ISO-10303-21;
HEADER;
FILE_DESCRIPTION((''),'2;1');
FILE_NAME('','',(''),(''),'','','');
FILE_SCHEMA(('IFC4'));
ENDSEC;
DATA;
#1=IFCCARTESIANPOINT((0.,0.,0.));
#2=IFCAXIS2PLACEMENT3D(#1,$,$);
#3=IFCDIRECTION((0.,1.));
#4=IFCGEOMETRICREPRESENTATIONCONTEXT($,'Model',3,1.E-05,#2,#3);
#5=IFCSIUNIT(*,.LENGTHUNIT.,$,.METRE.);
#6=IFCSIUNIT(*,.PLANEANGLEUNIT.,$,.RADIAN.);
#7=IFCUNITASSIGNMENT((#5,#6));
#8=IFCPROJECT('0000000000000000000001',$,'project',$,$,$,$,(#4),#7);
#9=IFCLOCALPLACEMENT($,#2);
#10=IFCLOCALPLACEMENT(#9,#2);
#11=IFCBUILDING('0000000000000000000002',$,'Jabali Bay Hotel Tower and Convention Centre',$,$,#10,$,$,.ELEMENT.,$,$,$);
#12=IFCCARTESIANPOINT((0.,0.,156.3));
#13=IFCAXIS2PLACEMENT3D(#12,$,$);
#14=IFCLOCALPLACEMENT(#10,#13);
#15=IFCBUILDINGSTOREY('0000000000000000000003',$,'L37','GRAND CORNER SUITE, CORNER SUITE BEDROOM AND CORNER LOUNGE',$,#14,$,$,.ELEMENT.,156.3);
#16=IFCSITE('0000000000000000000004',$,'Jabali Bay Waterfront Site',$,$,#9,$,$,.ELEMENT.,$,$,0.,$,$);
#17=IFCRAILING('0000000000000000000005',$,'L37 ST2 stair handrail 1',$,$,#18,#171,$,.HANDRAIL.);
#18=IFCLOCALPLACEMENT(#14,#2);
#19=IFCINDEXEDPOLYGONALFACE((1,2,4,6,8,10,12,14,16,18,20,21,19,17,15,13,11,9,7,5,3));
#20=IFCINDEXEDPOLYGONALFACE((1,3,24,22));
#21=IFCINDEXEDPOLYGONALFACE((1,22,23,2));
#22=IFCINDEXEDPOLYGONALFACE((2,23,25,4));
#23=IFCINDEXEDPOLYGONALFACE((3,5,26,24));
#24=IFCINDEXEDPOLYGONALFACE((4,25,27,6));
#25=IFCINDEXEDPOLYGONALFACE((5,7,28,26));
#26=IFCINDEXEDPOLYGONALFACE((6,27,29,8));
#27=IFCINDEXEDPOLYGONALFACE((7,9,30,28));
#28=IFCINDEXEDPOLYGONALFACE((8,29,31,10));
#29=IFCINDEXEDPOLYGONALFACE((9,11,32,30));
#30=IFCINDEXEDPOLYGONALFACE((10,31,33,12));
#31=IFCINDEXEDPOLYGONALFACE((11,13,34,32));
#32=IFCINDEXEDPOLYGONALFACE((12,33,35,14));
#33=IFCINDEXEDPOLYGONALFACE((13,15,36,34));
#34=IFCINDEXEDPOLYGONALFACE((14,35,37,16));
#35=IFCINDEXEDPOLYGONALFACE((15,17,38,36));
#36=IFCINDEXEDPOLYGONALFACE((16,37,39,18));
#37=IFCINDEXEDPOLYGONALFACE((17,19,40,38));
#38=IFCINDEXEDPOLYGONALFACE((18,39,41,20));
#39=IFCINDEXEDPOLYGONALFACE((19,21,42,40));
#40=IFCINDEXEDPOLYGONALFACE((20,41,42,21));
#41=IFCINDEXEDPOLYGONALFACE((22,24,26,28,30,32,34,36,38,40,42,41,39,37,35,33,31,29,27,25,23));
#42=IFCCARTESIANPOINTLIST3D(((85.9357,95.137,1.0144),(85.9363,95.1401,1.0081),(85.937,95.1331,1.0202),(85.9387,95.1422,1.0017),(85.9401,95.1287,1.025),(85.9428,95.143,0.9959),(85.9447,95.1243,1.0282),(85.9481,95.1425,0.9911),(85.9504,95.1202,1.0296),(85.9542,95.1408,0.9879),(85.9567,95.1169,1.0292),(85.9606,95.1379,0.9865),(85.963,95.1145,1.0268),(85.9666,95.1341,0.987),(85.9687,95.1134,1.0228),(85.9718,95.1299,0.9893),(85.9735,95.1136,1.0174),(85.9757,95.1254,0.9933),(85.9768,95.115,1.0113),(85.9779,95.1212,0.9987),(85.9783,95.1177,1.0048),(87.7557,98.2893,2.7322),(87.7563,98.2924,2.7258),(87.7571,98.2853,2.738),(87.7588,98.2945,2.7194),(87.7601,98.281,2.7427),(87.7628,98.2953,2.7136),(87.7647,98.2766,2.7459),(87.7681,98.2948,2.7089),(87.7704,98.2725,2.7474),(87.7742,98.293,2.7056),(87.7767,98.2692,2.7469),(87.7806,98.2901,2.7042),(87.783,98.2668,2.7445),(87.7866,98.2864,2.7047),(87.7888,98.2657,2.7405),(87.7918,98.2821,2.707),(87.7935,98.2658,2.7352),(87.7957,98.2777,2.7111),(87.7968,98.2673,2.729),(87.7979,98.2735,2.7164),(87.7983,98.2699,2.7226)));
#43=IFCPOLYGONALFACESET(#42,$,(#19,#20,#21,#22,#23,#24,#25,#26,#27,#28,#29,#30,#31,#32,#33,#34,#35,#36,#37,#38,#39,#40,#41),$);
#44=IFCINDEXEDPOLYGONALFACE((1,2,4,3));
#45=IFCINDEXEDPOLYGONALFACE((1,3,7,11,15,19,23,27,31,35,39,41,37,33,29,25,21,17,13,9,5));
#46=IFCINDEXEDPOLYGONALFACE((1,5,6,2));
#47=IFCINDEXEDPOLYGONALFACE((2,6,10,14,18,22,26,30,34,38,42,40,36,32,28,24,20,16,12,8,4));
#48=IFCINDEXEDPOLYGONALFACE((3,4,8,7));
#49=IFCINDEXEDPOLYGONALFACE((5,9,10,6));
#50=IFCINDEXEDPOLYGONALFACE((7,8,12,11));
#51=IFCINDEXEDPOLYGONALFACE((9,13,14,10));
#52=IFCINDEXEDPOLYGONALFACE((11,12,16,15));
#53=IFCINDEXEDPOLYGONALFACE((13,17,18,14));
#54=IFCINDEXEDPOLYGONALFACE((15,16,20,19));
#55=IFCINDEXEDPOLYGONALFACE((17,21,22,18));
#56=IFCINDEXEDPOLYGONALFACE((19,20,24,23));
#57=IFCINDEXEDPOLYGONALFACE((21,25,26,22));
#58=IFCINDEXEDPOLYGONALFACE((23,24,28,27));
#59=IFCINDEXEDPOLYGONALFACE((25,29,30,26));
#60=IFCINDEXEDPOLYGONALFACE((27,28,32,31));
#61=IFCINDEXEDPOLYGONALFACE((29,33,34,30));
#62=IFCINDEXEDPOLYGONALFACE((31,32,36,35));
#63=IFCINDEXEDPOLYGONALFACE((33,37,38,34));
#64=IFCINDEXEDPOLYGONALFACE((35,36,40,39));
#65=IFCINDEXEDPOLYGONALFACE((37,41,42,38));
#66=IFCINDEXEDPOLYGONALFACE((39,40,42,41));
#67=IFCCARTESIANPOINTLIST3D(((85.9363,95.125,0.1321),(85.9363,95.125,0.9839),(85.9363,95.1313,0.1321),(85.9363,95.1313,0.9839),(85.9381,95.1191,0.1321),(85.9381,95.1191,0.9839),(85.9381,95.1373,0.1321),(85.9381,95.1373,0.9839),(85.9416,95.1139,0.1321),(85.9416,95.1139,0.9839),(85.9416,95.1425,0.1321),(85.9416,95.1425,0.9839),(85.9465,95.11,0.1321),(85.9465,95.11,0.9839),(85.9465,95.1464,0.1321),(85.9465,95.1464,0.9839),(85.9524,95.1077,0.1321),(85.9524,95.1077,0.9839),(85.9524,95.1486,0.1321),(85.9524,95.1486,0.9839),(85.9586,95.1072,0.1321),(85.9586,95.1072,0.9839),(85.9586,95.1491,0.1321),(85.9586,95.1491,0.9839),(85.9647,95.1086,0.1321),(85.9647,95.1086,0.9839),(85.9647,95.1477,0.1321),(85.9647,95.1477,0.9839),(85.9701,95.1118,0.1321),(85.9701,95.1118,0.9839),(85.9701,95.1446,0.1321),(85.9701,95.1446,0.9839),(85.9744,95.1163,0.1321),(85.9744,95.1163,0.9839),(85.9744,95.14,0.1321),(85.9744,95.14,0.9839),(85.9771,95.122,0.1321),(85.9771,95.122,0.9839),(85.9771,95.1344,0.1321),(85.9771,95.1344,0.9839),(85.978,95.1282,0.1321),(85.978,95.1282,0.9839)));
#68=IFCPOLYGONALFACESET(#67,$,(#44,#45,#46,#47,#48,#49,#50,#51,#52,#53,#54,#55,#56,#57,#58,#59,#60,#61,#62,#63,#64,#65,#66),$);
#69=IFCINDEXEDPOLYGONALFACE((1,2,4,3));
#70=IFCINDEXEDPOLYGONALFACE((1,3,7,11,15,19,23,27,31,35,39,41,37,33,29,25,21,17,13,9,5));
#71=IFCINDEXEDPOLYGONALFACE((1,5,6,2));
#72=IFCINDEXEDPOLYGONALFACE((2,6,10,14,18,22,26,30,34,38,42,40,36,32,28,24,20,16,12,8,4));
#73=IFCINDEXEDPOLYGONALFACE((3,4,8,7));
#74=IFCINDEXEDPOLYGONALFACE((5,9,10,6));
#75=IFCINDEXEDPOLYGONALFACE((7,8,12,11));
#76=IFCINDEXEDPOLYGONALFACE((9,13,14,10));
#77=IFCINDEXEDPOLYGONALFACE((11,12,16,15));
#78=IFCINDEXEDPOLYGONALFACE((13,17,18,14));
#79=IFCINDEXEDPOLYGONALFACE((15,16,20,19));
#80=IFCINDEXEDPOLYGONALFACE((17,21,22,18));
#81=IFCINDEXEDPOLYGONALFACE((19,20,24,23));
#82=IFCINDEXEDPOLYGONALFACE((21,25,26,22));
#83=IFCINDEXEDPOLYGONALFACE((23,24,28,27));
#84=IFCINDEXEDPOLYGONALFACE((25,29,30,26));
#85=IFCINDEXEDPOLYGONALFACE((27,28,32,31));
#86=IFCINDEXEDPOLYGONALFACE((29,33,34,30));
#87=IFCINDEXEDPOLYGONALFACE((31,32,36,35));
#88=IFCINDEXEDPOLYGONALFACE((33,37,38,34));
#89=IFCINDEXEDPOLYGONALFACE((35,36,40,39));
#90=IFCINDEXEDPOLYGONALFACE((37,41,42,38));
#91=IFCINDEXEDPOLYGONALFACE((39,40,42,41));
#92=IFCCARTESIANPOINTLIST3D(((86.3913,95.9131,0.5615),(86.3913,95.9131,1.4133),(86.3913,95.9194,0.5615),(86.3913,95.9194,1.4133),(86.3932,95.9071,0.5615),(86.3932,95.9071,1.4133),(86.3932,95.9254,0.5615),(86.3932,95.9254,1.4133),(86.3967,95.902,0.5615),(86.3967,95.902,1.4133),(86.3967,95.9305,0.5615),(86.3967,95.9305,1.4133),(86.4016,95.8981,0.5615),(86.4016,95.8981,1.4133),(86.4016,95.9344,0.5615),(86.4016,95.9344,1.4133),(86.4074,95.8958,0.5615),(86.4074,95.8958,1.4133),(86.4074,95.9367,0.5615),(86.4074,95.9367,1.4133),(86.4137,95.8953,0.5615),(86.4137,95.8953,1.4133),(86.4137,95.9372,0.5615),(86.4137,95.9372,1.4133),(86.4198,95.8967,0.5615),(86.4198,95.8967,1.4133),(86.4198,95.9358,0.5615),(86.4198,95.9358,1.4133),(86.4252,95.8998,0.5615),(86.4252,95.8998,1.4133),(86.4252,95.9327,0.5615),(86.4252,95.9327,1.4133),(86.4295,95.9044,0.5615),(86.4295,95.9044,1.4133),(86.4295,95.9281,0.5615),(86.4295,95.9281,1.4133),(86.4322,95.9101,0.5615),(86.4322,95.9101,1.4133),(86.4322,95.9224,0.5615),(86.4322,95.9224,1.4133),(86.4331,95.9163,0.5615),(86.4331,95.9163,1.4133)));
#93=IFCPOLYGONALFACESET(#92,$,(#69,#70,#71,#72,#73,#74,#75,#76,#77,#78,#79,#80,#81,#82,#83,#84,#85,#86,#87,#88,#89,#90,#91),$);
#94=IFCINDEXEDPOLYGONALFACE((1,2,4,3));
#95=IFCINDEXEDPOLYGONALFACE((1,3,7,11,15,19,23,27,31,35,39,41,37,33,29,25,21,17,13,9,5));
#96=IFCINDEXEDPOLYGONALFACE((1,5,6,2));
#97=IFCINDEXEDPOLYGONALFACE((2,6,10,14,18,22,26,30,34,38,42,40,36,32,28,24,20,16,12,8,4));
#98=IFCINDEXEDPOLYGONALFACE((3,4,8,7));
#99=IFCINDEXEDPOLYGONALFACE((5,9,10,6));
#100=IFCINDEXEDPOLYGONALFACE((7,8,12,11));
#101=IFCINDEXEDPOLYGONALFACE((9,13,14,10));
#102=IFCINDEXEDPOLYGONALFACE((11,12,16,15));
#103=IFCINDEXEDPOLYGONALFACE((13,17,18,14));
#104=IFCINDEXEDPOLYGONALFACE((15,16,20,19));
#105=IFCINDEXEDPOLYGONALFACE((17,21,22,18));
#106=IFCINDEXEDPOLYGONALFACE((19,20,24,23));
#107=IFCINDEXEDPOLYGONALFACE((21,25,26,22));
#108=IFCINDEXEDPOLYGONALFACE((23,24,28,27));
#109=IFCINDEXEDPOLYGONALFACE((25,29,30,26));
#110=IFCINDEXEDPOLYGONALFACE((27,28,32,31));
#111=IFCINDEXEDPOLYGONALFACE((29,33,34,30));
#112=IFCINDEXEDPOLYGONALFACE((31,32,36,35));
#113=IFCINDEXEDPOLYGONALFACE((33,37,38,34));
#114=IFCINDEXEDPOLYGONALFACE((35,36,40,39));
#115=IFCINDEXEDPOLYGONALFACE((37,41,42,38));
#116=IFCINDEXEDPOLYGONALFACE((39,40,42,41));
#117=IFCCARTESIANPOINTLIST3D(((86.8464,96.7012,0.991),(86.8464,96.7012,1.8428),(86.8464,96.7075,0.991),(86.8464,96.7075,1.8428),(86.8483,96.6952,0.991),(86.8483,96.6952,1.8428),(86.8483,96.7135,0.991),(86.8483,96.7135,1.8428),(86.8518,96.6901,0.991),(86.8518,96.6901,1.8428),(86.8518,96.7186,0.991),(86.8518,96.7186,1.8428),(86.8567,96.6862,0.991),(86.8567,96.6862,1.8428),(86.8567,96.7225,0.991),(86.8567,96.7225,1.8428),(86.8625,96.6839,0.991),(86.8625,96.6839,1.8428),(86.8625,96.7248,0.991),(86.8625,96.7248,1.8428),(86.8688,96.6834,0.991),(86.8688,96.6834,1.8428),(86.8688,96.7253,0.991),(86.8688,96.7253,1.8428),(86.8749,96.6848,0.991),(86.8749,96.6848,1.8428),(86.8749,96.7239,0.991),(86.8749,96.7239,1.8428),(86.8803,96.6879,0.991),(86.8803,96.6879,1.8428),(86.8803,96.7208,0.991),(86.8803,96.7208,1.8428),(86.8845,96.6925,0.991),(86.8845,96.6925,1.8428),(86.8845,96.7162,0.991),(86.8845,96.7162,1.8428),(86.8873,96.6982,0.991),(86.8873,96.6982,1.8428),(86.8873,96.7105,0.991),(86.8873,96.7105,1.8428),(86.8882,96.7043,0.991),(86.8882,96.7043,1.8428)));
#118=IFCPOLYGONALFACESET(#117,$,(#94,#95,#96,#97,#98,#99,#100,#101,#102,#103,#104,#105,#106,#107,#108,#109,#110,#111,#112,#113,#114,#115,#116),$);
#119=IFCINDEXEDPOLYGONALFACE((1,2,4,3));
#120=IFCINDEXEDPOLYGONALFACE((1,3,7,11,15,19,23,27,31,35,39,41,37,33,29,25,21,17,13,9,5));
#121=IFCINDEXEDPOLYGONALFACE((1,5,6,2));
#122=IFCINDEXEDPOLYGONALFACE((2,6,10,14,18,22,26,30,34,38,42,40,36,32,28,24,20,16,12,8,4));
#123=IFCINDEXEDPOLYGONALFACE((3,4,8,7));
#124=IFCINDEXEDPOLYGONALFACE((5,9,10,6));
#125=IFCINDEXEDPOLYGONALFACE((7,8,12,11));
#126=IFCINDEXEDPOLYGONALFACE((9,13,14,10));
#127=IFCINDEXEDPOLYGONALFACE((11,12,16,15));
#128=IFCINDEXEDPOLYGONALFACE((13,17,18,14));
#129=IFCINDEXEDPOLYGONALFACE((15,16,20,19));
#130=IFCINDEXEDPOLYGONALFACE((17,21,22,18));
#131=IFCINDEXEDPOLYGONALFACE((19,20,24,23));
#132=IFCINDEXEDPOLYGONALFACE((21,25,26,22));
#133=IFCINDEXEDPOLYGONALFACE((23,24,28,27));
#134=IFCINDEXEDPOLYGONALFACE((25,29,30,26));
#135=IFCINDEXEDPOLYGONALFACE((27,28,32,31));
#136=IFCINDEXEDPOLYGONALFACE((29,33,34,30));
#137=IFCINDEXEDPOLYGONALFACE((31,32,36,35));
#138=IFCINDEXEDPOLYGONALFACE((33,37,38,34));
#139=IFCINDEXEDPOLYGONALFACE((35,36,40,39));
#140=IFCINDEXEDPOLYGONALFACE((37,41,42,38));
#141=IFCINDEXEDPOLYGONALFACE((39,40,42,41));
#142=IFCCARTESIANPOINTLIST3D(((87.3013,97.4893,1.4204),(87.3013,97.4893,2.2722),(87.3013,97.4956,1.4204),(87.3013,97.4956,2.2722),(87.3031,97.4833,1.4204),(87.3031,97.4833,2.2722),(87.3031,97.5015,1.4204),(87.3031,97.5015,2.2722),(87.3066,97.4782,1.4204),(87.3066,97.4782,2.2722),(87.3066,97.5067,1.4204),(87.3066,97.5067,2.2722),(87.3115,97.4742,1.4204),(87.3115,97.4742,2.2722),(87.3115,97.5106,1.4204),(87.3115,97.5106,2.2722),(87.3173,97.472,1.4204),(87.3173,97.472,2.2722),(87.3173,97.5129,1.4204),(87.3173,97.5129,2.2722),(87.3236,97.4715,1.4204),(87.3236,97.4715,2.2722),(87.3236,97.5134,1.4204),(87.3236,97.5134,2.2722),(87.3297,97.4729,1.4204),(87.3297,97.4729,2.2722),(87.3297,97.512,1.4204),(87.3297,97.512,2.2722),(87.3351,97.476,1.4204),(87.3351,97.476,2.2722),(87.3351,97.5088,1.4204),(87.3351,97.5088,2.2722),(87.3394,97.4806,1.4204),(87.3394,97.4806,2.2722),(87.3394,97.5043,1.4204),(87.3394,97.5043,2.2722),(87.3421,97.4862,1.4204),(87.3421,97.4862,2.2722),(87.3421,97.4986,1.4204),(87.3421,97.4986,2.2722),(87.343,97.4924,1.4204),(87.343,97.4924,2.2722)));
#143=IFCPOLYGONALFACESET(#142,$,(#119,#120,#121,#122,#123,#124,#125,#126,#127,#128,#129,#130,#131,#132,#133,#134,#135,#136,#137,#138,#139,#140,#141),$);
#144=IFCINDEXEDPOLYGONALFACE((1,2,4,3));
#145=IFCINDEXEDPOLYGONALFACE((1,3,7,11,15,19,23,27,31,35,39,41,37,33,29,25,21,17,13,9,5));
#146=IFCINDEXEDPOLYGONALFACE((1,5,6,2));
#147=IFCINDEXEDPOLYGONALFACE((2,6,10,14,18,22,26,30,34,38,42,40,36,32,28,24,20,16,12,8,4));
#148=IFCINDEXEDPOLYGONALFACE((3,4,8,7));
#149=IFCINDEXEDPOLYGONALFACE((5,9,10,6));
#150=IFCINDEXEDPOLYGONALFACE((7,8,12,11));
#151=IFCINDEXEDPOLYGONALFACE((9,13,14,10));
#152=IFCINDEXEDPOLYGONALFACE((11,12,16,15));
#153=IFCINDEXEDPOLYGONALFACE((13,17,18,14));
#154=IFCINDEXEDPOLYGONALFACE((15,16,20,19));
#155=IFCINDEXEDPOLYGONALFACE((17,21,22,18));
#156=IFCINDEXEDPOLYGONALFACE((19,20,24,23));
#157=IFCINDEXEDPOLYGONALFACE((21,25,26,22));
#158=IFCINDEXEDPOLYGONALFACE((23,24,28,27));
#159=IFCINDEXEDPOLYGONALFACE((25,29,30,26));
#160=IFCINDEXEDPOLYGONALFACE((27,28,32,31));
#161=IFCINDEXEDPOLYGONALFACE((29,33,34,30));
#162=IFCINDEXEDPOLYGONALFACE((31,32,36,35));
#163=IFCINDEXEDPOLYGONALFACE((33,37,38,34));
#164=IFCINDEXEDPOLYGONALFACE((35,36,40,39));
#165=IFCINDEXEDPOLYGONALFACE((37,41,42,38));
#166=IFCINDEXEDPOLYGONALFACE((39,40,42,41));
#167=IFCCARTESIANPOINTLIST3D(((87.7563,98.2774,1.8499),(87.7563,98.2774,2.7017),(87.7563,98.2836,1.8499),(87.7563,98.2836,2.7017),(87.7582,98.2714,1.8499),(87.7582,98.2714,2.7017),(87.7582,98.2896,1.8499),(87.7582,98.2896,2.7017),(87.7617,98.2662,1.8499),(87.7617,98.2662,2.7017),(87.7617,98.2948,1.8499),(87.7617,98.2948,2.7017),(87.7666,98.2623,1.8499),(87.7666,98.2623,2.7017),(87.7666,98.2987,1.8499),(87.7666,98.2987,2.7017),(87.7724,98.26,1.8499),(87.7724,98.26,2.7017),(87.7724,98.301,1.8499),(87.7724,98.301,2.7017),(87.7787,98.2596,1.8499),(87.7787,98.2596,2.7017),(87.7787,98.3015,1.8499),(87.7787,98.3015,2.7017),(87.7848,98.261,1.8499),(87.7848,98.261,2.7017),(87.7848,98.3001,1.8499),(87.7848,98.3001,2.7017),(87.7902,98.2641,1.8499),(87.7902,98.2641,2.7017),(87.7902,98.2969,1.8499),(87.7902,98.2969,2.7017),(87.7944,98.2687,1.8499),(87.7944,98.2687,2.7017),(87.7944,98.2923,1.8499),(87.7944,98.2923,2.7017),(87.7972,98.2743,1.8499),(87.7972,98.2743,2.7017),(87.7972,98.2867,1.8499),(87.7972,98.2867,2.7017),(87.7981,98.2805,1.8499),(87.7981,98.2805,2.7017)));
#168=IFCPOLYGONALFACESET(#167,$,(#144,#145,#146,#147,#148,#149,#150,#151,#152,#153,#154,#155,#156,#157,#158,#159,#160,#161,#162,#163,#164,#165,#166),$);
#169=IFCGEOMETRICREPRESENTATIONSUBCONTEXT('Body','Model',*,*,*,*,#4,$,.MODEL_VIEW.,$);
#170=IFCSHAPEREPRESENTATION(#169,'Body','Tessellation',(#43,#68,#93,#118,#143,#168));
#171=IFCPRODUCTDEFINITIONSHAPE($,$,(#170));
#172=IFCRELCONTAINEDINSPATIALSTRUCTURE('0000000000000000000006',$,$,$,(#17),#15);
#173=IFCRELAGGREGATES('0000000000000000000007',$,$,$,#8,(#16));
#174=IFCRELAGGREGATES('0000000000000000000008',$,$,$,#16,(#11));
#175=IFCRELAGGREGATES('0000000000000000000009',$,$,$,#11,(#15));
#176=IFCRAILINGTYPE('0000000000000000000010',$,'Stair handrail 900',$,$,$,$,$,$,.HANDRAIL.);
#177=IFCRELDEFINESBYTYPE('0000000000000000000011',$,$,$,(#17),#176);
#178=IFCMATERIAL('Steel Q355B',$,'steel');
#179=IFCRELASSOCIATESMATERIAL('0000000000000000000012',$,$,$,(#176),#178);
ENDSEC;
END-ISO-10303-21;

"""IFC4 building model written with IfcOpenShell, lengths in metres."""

from ifc_helpers import new_model, si_unit, direction, frame, origin, origin_2d, place, context, subcontext, project, spatial, circle, extrude, material, type_object, element, save


model = new_model("IFC4")

# Units and contexts
model_context = context("Model", 3, precision=1e-05, world=origin(), true_north=direction((0.0, 1.0)))
body_context = subcontext(model_context, "Body", "Model", "MODEL_VIEW")
ifc_project = project(units=[si_unit("LENGTHUNIT", "METRE"), si_unit("PLANEANGLEUNIT", "RADIAN")], contexts=[model_context])

# Site, building, storey
site_placement = place(None, origin())
site = spatial("IfcSite", under=ifc_project, at=site_placement, Name="Jabali Bay Waterfront Site", CompositionType="ELEMENT", RefElevation=0.0)
building_placement = place(site_placement, origin())
building = spatial("IfcBuilding", under=site, at=building_placement, Name="Jabali Bay Hotel Tower and Convention Centre", CompositionType="ELEMENT")
storey_placement = place(building_placement, frame((0.0, 0.0, 156.3)))
storey = spatial("IfcBuildingStorey", under=building, at=storey_placement, Name="L37", Description="GRAND CORNER SUITE, CORNER SUITE BEDROOM AND CORNER LOUNGE", CompositionType="ELEMENT", Elevation=156.3)

# Railing
ifc_material_1 = material(Name="Steel Q355B", Category="steel")
railing_type_1 = type_object("IfcRailingType", Name="Stair handrail 900", PredefinedType="HANDRAIL", material=ifc_material_1)
railing_1_placement = place(storey_placement, frame((85.957, 95.1282, 0.1321)))
element("IfcRailing", 1, at=railing_1_placement, inside=storey, type_object=railing_type_1, Name="L37 ST2 stair handrail 1", PredefinedType="HANDRAIL", context=body_context, shape_type="SweptSolid", body=[
    extrude(circle(Radius=0.0239, at=origin_2d()), frame((0.0, 0.0, 0.876), z_axis=(0.45219, 0.78319, 0.426775), x_axis=(-0.866018, 0.500013, 0.0)), (0.0, 0.0, 1.0), 4.0249),
    extrude(circle(Radius=0.021, at=origin_2d()), origin(), (0.0, 0.0, 1.0), 0.8518),
    extrude(circle(Radius=0.021, at=origin_2d()), frame((0.4551, 0.7881, 0.4294)), (0.0, 0.0, 1.0), 0.8518),
    extrude(circle(Radius=0.021, at=origin_2d()), frame((0.9102, 1.5762, 0.8589)), (0.0, 0.0, 1.0), 0.8518),
    extrude(circle(Radius=0.021, at=origin_2d()), frame((1.365, 2.3643, 1.2883)), (0.0, 0.0, 1.0), 0.8518),
    extrude(circle(Radius=0.021, at=origin_2d()), frame((1.8201, 3.1523, 1.7178)), (0.0, 0.0, 1.0), 0.8518),
])

save(model, "model.ifc")
